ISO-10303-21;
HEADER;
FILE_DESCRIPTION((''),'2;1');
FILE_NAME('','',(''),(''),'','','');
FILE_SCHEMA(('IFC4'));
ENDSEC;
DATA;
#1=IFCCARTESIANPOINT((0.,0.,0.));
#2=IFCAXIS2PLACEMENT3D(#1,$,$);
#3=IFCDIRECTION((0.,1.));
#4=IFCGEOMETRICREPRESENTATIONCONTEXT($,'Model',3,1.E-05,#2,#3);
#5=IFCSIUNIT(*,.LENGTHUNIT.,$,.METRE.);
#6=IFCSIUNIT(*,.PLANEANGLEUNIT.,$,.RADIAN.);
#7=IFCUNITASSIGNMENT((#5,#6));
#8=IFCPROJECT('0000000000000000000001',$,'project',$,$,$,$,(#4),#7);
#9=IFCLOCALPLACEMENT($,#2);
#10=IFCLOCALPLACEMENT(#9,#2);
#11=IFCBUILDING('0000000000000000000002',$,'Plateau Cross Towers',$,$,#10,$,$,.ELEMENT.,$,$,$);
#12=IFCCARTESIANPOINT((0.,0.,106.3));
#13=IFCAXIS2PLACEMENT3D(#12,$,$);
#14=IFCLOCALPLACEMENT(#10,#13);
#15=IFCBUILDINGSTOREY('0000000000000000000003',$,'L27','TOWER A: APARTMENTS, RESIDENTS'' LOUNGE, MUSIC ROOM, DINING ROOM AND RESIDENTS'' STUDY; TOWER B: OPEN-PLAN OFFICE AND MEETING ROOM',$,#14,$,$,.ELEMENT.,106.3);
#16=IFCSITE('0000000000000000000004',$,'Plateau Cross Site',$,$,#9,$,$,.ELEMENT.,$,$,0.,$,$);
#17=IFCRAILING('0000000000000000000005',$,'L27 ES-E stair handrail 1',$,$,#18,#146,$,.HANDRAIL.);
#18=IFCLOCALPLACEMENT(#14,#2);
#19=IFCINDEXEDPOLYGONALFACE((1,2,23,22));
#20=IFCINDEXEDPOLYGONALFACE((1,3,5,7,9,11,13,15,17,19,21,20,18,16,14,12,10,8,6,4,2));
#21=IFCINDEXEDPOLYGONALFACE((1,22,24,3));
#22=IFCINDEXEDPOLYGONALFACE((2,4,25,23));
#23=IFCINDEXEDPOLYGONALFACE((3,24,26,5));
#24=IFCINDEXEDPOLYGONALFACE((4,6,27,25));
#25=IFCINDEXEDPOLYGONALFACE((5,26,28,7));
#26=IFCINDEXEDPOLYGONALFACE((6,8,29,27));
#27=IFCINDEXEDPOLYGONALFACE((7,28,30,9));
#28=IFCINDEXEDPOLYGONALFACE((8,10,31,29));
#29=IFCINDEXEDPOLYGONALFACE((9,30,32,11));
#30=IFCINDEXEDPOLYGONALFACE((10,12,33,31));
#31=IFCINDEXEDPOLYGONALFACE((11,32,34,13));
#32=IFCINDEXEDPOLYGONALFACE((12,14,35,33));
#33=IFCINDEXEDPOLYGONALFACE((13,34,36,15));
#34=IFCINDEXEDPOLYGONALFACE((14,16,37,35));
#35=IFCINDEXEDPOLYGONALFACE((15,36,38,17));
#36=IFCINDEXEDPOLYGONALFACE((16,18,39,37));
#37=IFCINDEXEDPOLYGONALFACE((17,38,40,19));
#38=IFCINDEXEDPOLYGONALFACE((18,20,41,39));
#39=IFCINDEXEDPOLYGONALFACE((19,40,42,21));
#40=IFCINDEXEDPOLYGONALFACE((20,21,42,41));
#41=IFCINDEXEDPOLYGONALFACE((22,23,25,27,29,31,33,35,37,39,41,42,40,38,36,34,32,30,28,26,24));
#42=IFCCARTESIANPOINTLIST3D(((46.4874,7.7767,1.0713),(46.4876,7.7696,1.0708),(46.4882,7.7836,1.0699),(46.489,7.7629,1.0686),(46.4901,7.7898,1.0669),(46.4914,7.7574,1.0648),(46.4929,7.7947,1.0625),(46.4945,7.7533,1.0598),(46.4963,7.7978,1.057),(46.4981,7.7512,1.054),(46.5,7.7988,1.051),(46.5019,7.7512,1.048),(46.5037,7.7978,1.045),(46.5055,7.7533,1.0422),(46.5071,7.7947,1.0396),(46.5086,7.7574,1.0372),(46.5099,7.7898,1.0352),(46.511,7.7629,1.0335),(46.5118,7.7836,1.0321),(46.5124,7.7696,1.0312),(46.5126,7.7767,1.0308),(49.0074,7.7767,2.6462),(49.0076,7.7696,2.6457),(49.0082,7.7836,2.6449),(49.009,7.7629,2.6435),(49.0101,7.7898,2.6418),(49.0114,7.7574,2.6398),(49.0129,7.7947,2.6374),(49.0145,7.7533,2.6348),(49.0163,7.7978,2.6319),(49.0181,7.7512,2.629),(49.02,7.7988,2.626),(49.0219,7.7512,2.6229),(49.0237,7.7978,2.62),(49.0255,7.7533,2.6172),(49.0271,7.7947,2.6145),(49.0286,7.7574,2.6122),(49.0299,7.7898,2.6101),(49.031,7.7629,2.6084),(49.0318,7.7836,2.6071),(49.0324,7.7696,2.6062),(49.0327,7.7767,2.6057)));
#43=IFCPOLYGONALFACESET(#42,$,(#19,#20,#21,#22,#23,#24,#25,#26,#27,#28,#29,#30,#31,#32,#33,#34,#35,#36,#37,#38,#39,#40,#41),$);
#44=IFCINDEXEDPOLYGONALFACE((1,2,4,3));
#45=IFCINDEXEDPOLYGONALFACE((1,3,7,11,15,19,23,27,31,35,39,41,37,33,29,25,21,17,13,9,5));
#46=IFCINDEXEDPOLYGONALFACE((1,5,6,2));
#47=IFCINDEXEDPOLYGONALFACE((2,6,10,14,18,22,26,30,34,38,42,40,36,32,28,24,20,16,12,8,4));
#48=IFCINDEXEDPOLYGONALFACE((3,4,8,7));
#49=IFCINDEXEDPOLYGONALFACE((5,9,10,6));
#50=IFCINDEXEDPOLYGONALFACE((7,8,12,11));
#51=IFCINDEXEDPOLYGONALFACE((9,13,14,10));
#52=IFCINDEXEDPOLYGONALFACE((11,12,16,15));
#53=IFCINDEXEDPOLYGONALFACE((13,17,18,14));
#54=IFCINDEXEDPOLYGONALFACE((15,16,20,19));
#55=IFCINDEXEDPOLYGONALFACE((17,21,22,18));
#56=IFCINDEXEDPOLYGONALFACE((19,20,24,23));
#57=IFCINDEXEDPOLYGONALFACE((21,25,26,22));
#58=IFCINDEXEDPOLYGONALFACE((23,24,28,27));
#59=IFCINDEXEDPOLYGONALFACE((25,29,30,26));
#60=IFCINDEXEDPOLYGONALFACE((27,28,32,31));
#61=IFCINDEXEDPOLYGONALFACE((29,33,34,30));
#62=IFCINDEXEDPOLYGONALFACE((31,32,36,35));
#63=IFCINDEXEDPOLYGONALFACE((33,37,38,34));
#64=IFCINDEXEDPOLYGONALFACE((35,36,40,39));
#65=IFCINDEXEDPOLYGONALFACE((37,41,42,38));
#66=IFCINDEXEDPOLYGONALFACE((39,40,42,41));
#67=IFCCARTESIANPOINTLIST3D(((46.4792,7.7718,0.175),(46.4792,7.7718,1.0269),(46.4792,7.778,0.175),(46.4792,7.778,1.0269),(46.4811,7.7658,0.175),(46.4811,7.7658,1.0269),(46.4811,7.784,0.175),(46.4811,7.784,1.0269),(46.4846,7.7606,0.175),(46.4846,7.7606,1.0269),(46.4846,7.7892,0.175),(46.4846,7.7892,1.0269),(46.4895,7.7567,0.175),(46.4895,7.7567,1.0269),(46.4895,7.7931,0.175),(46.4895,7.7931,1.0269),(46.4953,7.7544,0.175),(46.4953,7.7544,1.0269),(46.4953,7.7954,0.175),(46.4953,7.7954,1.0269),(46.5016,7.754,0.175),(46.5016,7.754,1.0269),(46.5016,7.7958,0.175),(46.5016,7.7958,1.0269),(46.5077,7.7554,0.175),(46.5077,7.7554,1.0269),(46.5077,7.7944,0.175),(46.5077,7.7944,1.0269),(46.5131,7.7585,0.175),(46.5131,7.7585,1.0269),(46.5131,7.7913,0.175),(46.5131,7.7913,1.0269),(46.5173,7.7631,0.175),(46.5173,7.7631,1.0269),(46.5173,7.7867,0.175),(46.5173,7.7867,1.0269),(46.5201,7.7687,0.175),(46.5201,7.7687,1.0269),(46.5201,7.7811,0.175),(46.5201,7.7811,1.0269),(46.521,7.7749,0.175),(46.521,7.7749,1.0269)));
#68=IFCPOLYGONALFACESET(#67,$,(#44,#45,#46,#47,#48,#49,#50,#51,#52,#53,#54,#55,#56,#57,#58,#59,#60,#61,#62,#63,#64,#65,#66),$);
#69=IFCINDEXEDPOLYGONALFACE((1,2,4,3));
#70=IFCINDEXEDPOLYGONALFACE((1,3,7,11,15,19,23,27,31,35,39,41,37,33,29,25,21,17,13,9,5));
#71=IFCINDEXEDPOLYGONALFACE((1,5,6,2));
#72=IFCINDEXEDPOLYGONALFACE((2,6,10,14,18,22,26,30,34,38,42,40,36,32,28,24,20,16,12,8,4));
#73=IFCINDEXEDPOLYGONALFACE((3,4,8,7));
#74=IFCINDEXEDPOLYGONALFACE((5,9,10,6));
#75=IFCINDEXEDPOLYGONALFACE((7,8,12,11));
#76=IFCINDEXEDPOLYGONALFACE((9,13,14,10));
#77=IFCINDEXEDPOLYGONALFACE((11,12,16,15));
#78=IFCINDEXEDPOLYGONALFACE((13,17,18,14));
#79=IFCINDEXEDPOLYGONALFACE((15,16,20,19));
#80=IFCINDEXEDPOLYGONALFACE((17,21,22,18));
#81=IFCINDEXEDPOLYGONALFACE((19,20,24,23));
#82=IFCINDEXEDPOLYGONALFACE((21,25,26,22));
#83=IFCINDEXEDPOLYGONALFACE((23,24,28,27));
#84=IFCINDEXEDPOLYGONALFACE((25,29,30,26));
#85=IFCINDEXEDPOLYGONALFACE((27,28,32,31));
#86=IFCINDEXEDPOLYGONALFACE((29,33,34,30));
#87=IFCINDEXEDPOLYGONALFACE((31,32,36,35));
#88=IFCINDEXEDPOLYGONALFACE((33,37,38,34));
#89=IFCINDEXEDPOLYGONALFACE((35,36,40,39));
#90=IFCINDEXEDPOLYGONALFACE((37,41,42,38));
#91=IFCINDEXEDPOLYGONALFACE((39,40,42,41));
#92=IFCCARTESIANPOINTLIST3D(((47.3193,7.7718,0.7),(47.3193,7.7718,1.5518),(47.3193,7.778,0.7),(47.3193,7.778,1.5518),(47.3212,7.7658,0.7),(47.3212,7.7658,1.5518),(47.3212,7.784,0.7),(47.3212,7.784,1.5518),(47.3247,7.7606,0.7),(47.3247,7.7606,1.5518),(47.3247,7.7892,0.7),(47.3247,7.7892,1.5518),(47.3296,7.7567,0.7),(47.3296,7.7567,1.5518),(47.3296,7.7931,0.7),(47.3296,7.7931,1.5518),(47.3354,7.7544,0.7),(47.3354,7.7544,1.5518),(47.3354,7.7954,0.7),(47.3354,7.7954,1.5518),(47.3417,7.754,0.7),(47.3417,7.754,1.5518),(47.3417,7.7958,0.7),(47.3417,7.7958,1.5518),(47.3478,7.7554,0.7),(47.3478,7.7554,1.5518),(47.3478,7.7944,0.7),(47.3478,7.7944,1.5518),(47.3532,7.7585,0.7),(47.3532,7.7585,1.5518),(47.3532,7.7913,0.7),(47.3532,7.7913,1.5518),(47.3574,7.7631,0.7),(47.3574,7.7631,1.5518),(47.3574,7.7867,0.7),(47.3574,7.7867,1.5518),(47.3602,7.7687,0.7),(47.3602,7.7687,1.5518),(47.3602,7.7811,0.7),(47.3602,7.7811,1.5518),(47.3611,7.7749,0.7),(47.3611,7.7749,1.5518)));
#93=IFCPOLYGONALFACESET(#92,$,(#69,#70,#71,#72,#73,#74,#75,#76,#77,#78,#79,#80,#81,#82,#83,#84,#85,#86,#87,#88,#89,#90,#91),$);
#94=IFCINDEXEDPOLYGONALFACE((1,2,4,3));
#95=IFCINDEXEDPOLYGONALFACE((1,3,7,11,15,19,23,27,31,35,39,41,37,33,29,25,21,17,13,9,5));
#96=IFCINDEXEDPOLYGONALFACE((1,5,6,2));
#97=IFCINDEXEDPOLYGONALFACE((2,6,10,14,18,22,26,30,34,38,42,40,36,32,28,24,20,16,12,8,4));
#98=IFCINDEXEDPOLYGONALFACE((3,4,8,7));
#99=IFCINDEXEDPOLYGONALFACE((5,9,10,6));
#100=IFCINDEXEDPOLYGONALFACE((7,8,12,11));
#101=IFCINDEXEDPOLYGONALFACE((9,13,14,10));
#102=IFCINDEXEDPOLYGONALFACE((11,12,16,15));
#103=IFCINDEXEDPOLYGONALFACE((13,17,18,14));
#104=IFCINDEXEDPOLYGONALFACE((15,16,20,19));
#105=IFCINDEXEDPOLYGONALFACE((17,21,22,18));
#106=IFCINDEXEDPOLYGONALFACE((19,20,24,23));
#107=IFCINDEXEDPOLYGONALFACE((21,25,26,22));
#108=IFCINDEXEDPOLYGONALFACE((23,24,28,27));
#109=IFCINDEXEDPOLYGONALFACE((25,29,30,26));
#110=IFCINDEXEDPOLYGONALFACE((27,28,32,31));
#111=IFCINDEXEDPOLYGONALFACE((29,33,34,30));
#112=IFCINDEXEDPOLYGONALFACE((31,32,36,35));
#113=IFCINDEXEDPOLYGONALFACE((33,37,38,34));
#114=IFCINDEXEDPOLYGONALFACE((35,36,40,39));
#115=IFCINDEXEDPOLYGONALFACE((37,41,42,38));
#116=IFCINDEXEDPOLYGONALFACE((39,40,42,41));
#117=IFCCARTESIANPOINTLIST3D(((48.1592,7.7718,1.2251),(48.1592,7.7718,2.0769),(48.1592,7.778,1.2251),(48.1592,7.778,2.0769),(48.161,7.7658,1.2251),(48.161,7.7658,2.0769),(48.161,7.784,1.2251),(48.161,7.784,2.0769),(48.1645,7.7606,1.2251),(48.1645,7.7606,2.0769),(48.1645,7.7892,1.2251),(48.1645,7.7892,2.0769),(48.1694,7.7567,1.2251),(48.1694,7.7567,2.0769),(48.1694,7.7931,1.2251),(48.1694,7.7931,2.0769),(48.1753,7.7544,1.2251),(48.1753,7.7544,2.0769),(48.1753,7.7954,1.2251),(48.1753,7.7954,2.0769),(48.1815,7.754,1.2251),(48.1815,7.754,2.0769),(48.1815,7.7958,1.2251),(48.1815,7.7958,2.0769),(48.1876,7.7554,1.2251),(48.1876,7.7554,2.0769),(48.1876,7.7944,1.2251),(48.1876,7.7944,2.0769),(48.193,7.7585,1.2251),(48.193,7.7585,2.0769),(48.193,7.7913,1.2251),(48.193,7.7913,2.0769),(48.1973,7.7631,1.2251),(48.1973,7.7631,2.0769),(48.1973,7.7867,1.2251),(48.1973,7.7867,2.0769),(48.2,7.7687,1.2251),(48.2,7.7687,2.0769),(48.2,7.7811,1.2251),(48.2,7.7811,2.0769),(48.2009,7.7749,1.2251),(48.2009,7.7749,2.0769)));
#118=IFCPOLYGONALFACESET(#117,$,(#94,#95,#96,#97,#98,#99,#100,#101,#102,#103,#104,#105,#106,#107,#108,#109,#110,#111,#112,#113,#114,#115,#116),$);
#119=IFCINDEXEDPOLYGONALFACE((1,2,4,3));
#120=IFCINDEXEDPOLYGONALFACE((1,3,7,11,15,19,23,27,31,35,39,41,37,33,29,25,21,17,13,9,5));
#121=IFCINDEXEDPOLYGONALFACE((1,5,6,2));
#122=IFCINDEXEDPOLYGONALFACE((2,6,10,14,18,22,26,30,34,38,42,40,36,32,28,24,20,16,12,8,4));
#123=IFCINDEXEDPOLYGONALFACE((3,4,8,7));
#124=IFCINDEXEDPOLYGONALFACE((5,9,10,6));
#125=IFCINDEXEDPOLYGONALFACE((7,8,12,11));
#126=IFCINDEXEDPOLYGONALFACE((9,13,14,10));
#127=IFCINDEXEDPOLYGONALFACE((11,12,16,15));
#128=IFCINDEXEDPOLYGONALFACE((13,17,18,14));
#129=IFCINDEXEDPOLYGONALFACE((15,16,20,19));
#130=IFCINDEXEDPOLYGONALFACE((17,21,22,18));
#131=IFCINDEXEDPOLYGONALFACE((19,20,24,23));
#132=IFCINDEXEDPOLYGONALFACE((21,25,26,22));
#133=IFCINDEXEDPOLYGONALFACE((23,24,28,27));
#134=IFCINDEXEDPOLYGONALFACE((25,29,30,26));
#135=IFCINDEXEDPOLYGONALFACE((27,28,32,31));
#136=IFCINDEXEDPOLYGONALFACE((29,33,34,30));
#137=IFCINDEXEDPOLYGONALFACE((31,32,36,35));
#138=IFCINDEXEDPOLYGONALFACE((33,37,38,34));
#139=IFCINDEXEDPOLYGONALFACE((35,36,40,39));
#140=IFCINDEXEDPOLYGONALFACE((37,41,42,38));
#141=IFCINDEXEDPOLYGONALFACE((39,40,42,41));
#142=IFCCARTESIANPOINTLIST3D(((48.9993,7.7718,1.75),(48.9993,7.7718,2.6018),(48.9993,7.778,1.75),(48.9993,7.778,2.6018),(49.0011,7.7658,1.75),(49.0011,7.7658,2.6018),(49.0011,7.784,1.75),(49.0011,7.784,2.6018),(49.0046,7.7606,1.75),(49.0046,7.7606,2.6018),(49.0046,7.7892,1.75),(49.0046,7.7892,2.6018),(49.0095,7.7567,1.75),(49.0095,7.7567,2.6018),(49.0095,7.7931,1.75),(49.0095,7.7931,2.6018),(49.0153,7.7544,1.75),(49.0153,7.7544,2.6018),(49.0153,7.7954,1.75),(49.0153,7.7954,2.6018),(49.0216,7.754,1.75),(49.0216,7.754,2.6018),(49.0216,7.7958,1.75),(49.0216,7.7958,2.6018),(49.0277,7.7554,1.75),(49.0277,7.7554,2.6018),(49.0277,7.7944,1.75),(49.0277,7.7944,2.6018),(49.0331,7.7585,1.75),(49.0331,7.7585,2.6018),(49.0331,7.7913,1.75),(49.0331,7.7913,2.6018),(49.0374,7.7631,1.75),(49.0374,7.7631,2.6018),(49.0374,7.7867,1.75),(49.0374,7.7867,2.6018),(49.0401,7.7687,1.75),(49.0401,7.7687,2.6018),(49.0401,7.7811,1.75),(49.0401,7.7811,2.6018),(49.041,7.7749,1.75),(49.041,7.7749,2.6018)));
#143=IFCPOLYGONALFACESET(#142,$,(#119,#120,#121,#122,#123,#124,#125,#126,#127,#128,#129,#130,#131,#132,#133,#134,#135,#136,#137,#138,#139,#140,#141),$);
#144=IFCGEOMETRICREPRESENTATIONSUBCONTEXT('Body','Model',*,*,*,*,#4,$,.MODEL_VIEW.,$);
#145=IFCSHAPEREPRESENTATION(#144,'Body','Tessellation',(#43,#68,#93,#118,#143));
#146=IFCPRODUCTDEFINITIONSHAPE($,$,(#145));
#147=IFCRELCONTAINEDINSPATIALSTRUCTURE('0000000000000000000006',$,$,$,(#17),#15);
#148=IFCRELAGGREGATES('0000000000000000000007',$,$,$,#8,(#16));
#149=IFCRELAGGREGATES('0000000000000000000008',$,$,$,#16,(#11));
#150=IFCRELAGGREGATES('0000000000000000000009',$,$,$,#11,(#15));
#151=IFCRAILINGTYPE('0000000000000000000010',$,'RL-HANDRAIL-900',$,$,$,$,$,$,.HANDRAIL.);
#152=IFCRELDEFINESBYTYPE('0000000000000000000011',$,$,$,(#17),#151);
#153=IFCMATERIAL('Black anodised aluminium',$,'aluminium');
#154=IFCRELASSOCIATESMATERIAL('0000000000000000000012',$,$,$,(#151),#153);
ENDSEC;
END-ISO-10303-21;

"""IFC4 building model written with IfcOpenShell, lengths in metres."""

from ifc_helpers import new_model, si_unit, direction, frame, origin, origin_2d, place, context, subcontext, project, spatial, circle, extrude, material, type_object, element, save


model = new_model("IFC4")

# Units and contexts
model_context = context("Model", 3, precision=1e-05, world=origin(), true_north=direction((0.0, 1.0)))
body_context = subcontext(model_context, "Body", "Model", "MODEL_VIEW")
ifc_project = project(units=[si_unit("LENGTHUNIT", "METRE"), si_unit("PLANEANGLEUNIT", "RADIAN")], contexts=[model_context])

# Site, building, storey
site_placement = place(None, origin())
site = spatial("IfcSite", under=ifc_project, at=site_placement, Name="Plateau Cross Site", CompositionType="ELEMENT", RefElevation=0.0)
building_placement = place(site_placement, origin())
building = spatial("IfcBuilding", under=site, at=building_placement, Name="Plateau Cross Towers", CompositionType="ELEMENT")
storey_placement = place(building_placement, frame((0.0, 0.0, 106.3)))
storey = spatial("IfcBuildingStorey", under=building, at=storey_placement, Name="L27", Description="TOWER A: APARTMENTS, RESIDENTS' LOUNGE, MUSIC ROOM, DINING ROOM AND RESIDENTS' STUDY; TOWER B: OPEN-PLAN OFFICE AND MEETING ROOM", CompositionType="ELEMENT", Elevation=106.3)

# Shared definitions
ifc_material_1 = material(Name="Black anodised aluminium", Category="aluminium")

# Railing
railing_type_1 = type_object("IfcRailingType", Name="RL-HANDRAIL-900", PredefinedType="HANDRAIL", material=ifc_material_1)
railing_1_placement = place(storey_placement, frame((46.5, 7.7749, 0.175)))
element("IfcRailing", 1, at=railing_1_placement, inside=storey, type_object=railing_type_1, Name="L27 ES-E stair handrail 1", PredefinedType="HANDRAIL", context=body_context, shape_type="SweptSolid", body=[
    extrude(circle(Radius=0.0239, at=origin_2d()), frame((0.0, 0.0, 0.876), z_axis=(0.848008, 0.0, 0.529984), x_axis=(0.0, 1.0, 0.0)), (0.0, 0.0, 1.0), 2.9717),
    extrude(circle(Radius=0.021, at=origin_2d()), origin(), (0.0, 0.0, 1.0), 0.8518),
    extrude(circle(Radius=0.021, at=origin_2d()), frame((0.8401, 0.0, 0.5249)), (0.0, 0.0, 1.0), 0.8518),
    extrude(circle(Radius=0.021, at=origin_2d()), frame((1.6799, 0.0, 1.05)), (0.0, 0.0, 1.0), 0.8518),
    extrude(circle(Radius=0.021, at=origin_2d()), frame((2.52, 0.0, 1.575)), (0.0, 0.0, 1.0), 0.8518),
])

save(model, "model.ifc")
